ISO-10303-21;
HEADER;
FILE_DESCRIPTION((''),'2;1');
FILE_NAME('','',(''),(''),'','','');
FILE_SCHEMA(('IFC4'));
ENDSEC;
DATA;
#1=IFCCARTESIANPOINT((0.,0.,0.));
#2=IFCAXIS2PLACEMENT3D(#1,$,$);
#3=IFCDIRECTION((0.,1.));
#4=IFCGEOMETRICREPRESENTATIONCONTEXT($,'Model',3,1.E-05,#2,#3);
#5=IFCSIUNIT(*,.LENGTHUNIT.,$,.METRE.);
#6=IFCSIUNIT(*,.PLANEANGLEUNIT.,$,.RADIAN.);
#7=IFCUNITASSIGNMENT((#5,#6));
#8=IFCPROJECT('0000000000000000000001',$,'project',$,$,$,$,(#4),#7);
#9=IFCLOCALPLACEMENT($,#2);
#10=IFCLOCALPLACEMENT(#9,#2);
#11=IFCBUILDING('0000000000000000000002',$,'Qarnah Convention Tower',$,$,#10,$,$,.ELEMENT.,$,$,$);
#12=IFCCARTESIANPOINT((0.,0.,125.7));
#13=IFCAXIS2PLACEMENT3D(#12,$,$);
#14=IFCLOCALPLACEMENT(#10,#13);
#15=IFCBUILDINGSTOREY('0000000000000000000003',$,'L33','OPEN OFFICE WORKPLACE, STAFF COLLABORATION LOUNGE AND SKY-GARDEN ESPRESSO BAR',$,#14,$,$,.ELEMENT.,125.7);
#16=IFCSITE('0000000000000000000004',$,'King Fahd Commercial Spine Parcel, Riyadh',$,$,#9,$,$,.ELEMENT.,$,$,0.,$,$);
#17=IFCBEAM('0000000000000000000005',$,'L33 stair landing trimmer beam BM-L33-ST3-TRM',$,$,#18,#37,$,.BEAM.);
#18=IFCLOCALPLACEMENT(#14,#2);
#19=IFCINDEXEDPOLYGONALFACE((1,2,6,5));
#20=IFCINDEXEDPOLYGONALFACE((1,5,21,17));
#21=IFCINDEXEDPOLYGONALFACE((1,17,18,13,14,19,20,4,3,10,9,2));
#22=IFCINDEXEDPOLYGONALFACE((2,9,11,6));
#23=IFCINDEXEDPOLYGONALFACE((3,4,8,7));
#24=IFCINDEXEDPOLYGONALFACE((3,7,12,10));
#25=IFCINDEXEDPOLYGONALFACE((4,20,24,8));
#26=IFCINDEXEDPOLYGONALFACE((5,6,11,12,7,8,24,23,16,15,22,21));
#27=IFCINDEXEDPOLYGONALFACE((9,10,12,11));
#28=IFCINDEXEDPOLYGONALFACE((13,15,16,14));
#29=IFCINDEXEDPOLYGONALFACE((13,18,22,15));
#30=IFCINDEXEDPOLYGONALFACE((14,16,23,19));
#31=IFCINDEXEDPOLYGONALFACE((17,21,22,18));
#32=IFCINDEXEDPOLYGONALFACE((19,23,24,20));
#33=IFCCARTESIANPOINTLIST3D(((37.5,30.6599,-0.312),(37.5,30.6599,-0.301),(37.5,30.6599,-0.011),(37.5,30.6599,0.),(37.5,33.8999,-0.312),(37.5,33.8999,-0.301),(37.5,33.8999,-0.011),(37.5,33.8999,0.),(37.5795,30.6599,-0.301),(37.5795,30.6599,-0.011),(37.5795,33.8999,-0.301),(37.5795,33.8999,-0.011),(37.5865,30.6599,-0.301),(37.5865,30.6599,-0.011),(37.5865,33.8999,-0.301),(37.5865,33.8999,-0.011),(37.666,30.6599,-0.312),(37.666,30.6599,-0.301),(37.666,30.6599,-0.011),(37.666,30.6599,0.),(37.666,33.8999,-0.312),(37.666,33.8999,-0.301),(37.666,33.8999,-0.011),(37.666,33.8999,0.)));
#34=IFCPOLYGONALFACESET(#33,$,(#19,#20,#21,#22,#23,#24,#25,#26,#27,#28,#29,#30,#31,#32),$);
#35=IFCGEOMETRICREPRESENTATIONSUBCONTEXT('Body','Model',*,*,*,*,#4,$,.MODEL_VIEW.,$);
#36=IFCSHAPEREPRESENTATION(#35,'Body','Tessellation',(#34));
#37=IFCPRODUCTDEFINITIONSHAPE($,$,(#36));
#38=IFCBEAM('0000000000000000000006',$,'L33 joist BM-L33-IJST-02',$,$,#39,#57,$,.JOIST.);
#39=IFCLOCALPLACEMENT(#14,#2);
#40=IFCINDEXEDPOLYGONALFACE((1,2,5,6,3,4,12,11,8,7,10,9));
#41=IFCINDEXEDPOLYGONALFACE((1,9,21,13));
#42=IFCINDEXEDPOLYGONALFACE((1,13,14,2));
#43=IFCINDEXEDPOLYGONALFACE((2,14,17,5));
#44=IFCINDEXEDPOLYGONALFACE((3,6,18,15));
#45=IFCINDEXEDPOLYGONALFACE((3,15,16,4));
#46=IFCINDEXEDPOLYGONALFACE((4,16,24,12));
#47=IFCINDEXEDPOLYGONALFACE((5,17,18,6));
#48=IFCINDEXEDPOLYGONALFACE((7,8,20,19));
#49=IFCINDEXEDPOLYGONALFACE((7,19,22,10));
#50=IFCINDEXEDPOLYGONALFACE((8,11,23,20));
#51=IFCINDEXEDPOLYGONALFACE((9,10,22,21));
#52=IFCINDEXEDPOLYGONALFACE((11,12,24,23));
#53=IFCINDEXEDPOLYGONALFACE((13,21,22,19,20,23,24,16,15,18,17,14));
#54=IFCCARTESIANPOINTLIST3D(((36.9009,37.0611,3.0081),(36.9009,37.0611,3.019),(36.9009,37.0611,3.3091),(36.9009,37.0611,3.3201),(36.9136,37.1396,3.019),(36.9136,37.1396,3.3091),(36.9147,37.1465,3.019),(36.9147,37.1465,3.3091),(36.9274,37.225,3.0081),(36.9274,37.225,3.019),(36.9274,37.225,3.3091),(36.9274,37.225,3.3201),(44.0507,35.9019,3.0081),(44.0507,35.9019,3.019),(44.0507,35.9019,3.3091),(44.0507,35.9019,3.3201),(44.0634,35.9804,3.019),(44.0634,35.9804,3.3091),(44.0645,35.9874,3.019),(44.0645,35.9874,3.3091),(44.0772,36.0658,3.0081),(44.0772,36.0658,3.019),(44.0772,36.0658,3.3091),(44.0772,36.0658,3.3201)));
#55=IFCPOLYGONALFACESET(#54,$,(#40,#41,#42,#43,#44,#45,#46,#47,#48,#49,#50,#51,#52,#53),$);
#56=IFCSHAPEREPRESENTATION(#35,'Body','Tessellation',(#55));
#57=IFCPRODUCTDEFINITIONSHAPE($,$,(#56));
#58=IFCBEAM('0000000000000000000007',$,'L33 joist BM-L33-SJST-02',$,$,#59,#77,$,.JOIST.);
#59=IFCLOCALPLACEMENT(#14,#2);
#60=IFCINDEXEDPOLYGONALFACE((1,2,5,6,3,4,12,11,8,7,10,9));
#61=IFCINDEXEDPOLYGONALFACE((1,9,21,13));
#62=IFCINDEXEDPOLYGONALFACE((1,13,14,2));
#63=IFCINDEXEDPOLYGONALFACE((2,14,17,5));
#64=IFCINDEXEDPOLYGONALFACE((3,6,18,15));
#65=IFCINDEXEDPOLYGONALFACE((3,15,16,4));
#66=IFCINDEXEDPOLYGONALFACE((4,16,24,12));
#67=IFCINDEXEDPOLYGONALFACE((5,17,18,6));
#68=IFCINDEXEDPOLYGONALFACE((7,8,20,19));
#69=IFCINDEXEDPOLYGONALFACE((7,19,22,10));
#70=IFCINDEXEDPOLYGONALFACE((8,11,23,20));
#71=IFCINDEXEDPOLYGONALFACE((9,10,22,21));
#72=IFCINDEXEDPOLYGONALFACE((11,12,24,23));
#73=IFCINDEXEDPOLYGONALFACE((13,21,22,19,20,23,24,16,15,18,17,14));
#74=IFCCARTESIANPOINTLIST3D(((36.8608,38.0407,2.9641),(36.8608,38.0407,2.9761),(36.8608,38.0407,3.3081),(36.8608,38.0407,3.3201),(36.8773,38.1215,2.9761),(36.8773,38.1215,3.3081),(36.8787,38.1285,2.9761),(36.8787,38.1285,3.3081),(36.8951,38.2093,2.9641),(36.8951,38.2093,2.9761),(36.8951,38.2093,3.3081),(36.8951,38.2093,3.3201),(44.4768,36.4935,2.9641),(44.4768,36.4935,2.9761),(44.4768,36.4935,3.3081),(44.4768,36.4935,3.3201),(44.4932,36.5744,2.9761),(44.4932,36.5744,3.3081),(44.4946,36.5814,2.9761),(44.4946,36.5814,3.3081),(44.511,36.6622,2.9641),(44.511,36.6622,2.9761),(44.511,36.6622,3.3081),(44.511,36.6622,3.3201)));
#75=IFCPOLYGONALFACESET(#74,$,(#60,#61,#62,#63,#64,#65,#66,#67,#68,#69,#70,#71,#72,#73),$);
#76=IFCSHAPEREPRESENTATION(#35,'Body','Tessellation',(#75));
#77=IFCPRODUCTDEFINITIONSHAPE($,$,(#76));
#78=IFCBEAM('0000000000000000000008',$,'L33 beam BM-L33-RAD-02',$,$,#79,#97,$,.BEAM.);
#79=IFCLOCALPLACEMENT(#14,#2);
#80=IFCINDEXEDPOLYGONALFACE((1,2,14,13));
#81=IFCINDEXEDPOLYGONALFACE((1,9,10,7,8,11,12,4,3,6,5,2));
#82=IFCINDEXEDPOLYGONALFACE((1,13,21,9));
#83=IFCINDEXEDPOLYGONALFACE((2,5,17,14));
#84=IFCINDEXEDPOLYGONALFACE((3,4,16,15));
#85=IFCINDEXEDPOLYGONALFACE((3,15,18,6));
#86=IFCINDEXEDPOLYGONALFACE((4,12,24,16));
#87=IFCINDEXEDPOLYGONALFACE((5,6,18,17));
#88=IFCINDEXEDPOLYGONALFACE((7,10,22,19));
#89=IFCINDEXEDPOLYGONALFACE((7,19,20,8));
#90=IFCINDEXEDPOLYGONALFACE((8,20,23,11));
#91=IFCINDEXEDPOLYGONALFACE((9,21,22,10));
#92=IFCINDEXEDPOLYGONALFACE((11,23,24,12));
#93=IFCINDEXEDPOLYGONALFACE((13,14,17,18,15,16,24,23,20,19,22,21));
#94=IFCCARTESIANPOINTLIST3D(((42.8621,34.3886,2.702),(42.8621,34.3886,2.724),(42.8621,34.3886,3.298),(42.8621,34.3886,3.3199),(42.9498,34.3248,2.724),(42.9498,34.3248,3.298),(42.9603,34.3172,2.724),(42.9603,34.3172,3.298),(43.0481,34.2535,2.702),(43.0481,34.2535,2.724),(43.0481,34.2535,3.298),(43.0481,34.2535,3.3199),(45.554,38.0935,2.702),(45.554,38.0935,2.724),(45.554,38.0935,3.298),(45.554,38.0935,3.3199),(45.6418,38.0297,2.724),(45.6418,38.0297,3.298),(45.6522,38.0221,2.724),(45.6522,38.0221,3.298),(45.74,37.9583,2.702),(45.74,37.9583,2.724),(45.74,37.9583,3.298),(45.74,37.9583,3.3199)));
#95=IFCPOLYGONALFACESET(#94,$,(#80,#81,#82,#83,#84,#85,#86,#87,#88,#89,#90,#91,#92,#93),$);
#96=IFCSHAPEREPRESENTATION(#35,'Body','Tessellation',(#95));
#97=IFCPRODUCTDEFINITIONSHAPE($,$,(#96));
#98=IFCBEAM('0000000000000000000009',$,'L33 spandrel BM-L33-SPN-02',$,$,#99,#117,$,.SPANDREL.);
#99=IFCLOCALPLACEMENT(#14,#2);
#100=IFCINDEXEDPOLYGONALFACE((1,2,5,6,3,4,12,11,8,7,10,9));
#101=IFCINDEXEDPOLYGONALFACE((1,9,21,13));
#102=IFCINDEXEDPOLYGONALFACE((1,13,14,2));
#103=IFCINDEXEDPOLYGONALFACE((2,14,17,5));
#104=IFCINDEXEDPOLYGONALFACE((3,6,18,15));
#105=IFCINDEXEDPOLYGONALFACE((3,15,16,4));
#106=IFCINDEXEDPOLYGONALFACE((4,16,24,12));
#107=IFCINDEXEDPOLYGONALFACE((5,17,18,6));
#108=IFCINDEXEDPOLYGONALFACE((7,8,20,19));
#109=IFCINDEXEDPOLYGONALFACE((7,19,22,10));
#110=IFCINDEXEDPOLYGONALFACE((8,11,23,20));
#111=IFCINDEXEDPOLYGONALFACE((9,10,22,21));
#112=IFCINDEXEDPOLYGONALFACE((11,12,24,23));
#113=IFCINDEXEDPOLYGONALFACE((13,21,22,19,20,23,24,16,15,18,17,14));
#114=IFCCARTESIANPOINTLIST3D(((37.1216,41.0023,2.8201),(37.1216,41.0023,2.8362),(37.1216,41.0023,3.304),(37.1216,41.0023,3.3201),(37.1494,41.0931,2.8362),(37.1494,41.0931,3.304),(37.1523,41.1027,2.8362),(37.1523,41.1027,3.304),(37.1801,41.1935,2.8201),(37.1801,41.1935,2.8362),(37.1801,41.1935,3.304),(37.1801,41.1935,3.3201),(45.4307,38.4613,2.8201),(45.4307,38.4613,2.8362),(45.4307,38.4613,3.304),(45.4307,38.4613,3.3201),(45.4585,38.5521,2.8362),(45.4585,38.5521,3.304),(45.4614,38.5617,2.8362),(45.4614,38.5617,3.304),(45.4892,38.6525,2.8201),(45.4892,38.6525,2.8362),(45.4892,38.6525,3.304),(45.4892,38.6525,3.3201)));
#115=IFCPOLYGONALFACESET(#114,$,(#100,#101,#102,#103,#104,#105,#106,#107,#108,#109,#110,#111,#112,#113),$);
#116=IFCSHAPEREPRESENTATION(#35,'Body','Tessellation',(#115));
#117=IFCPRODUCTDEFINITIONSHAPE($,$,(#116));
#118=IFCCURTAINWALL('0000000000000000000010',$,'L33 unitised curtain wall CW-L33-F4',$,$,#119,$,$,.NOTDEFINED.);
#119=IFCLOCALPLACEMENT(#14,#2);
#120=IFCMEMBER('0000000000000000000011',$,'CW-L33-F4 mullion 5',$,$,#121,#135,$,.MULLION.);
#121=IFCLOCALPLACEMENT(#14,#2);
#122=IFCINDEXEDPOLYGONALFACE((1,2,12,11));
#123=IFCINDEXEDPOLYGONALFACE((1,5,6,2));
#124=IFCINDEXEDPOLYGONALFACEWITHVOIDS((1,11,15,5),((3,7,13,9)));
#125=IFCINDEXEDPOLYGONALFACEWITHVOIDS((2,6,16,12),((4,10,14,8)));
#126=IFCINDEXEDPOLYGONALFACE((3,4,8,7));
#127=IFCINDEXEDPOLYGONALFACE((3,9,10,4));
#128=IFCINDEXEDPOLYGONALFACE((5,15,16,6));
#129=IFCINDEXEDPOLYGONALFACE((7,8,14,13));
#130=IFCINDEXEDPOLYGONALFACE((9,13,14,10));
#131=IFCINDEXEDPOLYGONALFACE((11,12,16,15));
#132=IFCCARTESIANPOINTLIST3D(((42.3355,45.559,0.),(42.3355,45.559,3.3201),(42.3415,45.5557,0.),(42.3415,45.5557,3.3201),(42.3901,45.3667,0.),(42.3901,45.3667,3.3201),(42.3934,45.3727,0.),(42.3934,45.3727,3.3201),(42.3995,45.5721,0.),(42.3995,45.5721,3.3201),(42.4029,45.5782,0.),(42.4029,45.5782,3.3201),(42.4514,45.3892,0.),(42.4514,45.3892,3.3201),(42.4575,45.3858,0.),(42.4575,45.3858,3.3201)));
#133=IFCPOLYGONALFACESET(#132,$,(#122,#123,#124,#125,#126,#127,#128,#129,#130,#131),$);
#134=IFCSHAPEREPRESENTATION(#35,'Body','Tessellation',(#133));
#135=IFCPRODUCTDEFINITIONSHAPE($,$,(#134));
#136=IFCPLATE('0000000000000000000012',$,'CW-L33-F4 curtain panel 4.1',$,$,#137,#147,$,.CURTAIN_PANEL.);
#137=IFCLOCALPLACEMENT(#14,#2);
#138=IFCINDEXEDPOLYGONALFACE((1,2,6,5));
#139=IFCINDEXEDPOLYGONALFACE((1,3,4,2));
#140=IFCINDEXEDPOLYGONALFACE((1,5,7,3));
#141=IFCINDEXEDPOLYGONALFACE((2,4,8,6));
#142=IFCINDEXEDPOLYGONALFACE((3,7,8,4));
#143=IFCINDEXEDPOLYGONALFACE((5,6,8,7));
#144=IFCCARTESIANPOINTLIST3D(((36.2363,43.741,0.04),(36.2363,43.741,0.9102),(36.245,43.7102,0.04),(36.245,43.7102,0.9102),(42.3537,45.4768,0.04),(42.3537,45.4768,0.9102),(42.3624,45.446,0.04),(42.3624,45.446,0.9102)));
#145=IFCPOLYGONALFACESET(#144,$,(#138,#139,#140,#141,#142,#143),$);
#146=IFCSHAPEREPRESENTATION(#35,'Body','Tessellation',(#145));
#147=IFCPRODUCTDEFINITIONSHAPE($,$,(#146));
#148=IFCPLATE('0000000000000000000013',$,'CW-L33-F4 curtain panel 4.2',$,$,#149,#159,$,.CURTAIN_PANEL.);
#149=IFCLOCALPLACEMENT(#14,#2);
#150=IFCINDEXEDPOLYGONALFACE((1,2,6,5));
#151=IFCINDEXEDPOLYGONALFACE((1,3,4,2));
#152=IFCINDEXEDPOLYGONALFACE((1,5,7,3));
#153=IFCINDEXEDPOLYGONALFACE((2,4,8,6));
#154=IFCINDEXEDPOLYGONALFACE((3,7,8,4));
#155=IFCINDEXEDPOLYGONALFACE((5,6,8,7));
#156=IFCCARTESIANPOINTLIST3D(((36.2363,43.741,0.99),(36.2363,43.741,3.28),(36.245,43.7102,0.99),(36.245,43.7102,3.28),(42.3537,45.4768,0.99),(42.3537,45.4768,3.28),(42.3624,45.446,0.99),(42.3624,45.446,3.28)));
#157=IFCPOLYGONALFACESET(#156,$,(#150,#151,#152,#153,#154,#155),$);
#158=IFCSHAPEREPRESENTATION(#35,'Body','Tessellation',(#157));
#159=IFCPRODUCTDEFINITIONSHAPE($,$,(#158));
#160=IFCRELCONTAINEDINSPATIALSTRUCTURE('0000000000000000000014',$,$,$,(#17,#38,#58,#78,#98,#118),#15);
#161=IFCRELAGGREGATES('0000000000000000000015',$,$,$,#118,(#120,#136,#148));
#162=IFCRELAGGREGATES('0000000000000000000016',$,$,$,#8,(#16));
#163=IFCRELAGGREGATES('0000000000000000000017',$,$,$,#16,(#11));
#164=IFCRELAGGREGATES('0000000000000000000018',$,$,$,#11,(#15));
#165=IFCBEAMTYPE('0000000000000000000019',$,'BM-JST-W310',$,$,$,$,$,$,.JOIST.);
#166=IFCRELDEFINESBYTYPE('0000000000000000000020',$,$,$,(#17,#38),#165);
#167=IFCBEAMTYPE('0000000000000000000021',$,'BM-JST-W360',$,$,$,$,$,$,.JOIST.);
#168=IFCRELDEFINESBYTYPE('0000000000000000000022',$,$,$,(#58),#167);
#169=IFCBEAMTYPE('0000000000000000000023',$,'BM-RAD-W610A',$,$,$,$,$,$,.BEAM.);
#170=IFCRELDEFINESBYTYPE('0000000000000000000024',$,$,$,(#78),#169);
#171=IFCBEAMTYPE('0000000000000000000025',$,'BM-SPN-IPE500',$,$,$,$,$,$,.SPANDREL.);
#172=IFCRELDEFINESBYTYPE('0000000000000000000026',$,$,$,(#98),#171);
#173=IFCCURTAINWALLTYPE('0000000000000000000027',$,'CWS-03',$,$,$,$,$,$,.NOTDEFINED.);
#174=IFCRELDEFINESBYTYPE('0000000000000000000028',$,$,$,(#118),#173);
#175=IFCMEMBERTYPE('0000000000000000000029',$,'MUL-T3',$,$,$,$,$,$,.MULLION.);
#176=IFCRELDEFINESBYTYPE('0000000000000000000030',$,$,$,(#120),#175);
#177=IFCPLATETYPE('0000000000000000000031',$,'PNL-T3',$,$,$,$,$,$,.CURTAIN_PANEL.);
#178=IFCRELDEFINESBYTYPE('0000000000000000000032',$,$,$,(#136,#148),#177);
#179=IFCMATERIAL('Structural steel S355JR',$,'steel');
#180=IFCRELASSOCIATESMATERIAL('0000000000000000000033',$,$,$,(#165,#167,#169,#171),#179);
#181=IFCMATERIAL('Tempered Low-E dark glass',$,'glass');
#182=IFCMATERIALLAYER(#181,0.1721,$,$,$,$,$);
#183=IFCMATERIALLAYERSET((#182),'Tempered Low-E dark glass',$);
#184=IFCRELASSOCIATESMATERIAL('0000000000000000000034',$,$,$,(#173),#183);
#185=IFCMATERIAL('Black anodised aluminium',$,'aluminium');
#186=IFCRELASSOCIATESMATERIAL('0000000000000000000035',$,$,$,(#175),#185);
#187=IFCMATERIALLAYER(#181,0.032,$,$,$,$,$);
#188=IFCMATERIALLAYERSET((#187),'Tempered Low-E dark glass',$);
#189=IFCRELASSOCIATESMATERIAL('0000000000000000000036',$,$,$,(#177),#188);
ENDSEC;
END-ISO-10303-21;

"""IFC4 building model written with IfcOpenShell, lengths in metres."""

from ifc_helpers import new_model, si_unit, direction, frame, origin, origin_2d, place, context, subcontext, project, spatial, rectangle, hollow_rectangle, i_section, extrude, material, layer, layer_set, material_profile, profile_set, type_object, element, aggregate, save


model = new_model("IFC4")

# Units and contexts
model_context = context("Model", 3, precision=1e-05, world=origin(), true_north=direction((0.0, 1.0)))
body_context = subcontext(model_context, "Body", "Model", "MODEL_VIEW")
ifc_project = project(units=[si_unit("LENGTHUNIT", "METRE"), si_unit("PLANEANGLEUNIT", "RADIAN")], contexts=[model_context])

# Site, building, storey
site_placement = place(None, origin())
site = spatial("IfcSite", under=ifc_project, at=site_placement, Name="King Fahd Commercial Spine Parcel, Riyadh", CompositionType="ELEMENT", RefElevation=0.0)
building_placement = place(site_placement, origin())
building = spatial("IfcBuilding", under=site, at=building_placement, Name="Qarnah Convention Tower", CompositionType="ELEMENT")
storey_placement = place(building_placement, frame((0.0, 0.0, 125.7)))
storey = spatial("IfcBuildingStorey", under=building, at=storey_placement, Name="L33", Description="OPEN OFFICE WORKPLACE, STAFF COLLABORATION LOUNGE AND SKY-GARDEN ESPRESSO BAR", CompositionType="ELEMENT", Elevation=125.7)

# Beams
ifc_material_1 = material(Name="Structural steel S355JR", Category="steel")
ifc_material_profile_1 = material_profile(ifc_material_1, i_section(OverallWidth=0.166, OverallDepth=0.312, WebThickness=0.0071, FlangeThickness=0.011, at=origin_2d()), Name="W310X45")
ifc_profile_set_1 = profile_set([ifc_material_profile_1], Name="Structural steel S355JR")
beam_type_1 = type_object("IfcBeamType", Name="BM-JST-W310", PredefinedType="JOIST", material=ifc_profile_set_1)
beam_1_placement = place(storey_placement, frame((37.583, 30.6599, -0.156), z_axis=(0.0, 1.0, 0.0), x_axis=(-1.0, 0.0, 0.0)))
element("IfcBeam", 1, at=beam_1_placement, inside=storey, type_object=beam_type_1, Name="L33 stair landing trimmer beam BM-L33-ST3-TRM", PredefinedType="BEAM", context=body_context, shape_type="SweptSolid", body=[
    extrude(i_section(OverallWidth=0.166, OverallDepth=0.312, WebThickness=0.0071, FlangeThickness=0.011, at=origin_2d()), origin(), (0.0, 0.0, 1.0), 3.24),
])
beam_2_placement = place(storey_placement, frame((44.064, 35.9839, 3.1641), z_axis=(-0.987111, 0.160036, 0.0), x_axis=(-0.160036, -0.987111, 0.0)))
element("IfcBeam", 2, at=beam_2_placement, inside=storey, type_object=beam_type_1, Name="L33 joist BM-L33-IJST-02", PredefinedType="JOIST", context=body_context, shape_type="SweptSolid", body=[
    extrude(i_section(OverallWidth=0.166, OverallDepth=0.312, WebThickness=0.0071, FlangeThickness=0.011, at=origin_2d()), origin(), (0.0, 0.0, 1.0), 7.2432),
])
ifc_material_profile_2 = material_profile(ifc_material_1, i_section(OverallWidth=0.1721, OverallDepth=0.356, WebThickness=0.0071, FlangeThickness=0.012, at=origin_2d()), Name="W360X51")
ifc_profile_set_2 = profile_set([ifc_material_profile_2], Name="Structural steel S355JR")
beam_type_2 = type_object("IfcBeamType", Name="BM-JST-W360", PredefinedType="JOIST", material=ifc_profile_set_2)
beam_3_placement = place(storey_placement, frame((44.4939, 36.5779, 3.1421), z_axis=(-0.979984, 0.199075, 0.0), x_axis=(-0.199075, -0.979984, 0.0)))
element("IfcBeam", 3, at=beam_3_placement, inside=storey, type_object=beam_type_2, Name="L33 joist BM-L33-SJST-02", PredefinedType="JOIST", context=body_context, shape_type="SweptSolid", body=[
    extrude(i_section(OverallWidth=0.1721, OverallDepth=0.356, WebThickness=0.0071, FlangeThickness=0.012, at=origin_2d()), origin(), (0.0, 0.0, 1.0), 7.7715),
])
ifc_material_profile_3 = material_profile(ifc_material_1, i_section(OverallWidth=0.23, OverallDepth=0.6179, WebThickness=0.0129, FlangeThickness=0.022, at=origin_2d()), Name="W610X140")
ifc_profile_set_3 = profile_set([ifc_material_profile_3], Name="Structural steel S355JR")
beam_type_3 = type_object("IfcBeamType", Name="BM-RAD-W610A", PredefinedType="BEAM", material=ifc_profile_set_3)
beam_4_placement = place(storey_placement, frame((42.9551, 34.321, 3.011), z_axis=(0.58781, 0.808999, 0.0), x_axis=(-0.808999, 0.58781, 0.0)))
element("IfcBeam", 4, at=beam_4_placement, inside=storey, type_object=beam_type_3, Name="L33 beam BM-L33-RAD-02", PredefinedType="BEAM", context=body_context, shape_type="SweptSolid", body=[
    extrude(i_section(OverallWidth=0.23, OverallDepth=0.6179, WebThickness=0.0129, FlangeThickness=0.022, at=origin_2d()), origin(), (0.0, 0.0, 1.0), 4.5796),
])
ifc_material_profile_4 = material_profile(ifc_material_1, i_section(OverallWidth=0.2, OverallDepth=0.5, WebThickness=0.01, FlangeThickness=0.0161, at=origin_2d()), Name="IPE500")
ifc_profile_set_4 = profile_set([ifc_material_profile_4], Name="Structural steel S355JR")
beam_type_4 = type_object("IfcBeamType", Name="BM-SPN-IPE500", PredefinedType="SPANDREL", material=ifc_profile_set_4)
beam_5_placement = place(storey_placement, frame((45.46, 38.5569, 3.0701), z_axis=(-0.956283, 0.292443, 0.0), x_axis=(-0.292443, -0.956283, 0.0)))
element("IfcBeam", 5, at=beam_5_placement, inside=storey, type_object=beam_type_4, Name="L33 spandrel BM-L33-SPN-02", PredefinedType="SPANDREL", context=body_context, shape_type="SweptSolid", body=[
    extrude(i_section(OverallWidth=0.2, OverallDepth=0.5, WebThickness=0.01, FlangeThickness=0.0161, at=origin_2d()), origin(), (0.0, 0.0, 1.0), 8.689),
])

# Curtain wall, member, plates
ifc_material_2 = material(Name="Tempered Low-E dark glass", Category="glass")
ifc_layer_1 = layer(ifc_material_2, 0.1721)
ifc_layer_set_1 = layer_set([ifc_layer_1], Name="Tempered Low-E dark glass")
curtain_wall_type = type_object("IfcCurtainWallType", Name="CWS-03", PredefinedType="NOTDEFINED", material=ifc_layer_set_1)
curtain_wall_placement = place(storey_placement, origin())
curtain_wall = element("IfcCurtainWall", 6, at=curtain_wall_placement, inside=storey, type_object=curtain_wall_type, Name="L33 unitised curtain wall CW-L33-F4", PredefinedType="NOTDEFINED")
ifc_material_3 = material(Name="Black anodised aluminium", Category="aluminium")
ifc_material_profile_5 = material_profile(ifc_material_3, hollow_rectangle(XDim=0.0701, YDim=0.2, WallThickness=0.0049, at=origin_2d()), Name="MUL-70X200")
ifc_profile_set_5 = profile_set([ifc_material_profile_5], Name="Black anodised aluminium")
member_type = type_object("IfcMemberType", Name="MUL-T3", PredefinedType="MULLION", material=ifc_profile_set_5)
member_placement = place(storey_placement, frame((42.3965, 45.4724, 0.0), z_axis=(0.0, 0.0, 1.0), x_axis=(0.962024, 0.272965, 0.0)))
member = element("IfcMember", 7, at=member_placement, type_object=member_type, Name="CW-L33-F4 mullion 5", PredefinedType="MULLION", context=body_context, shape_type="SweptSolid", body=[
    extrude(hollow_rectangle(XDim=0.0701, YDim=0.2, WallThickness=0.0049, at=origin_2d()), origin(), (0.0, 0.0, 1.0), 3.3201),
])
ifc_layer_2 = layer(ifc_material_2, 0.032)
ifc_layer_set_2 = layer_set([ifc_layer_2], Name="Tempered Low-E dark glass")
plate_type = type_object("IfcPlateType", Name="PNL-T3", PredefinedType="CURTAIN_PANEL", material=ifc_layer_set_2)
plate_1_placement = place(storey_placement, frame((39.2993, 44.5935, 0.04), z_axis=(0.0, 0.0, 1.0), x_axis=(0.962024, 0.272965, 0.0)))
plate_1 = element("IfcPlate", 8, at=plate_1_placement, type_object=plate_type, Name="CW-L33-F4 curtain panel 4.1", PredefinedType="CURTAIN_PANEL", context=body_context, shape_type="SweptSolid", body=[
    extrude(rectangle(XDim=6.3589, YDim=0.032, at=origin_2d()), origin(), (0.0, 0.0, 1.0), 0.8701),
])
plate_2_placement = place(storey_placement, frame((39.2993, 44.5935, 0.99), z_axis=(0.0, 0.0, 1.0), x_axis=(0.962024, 0.272965, 0.0)))
plate_2 = element("IfcPlate", 9, at=plate_2_placement, type_object=plate_type, Name="CW-L33-F4 curtain panel 4.2", PredefinedType="CURTAIN_PANEL", context=body_context, shape_type="SweptSolid", body=[
    extrude(rectangle(XDim=6.3589, YDim=0.032, at=origin_2d()), origin(), (0.0, 0.0, 1.0), 2.29),
])
aggregate(curtain_wall, [member, plate_1, plate_2])

save(model, "model.ifc")
